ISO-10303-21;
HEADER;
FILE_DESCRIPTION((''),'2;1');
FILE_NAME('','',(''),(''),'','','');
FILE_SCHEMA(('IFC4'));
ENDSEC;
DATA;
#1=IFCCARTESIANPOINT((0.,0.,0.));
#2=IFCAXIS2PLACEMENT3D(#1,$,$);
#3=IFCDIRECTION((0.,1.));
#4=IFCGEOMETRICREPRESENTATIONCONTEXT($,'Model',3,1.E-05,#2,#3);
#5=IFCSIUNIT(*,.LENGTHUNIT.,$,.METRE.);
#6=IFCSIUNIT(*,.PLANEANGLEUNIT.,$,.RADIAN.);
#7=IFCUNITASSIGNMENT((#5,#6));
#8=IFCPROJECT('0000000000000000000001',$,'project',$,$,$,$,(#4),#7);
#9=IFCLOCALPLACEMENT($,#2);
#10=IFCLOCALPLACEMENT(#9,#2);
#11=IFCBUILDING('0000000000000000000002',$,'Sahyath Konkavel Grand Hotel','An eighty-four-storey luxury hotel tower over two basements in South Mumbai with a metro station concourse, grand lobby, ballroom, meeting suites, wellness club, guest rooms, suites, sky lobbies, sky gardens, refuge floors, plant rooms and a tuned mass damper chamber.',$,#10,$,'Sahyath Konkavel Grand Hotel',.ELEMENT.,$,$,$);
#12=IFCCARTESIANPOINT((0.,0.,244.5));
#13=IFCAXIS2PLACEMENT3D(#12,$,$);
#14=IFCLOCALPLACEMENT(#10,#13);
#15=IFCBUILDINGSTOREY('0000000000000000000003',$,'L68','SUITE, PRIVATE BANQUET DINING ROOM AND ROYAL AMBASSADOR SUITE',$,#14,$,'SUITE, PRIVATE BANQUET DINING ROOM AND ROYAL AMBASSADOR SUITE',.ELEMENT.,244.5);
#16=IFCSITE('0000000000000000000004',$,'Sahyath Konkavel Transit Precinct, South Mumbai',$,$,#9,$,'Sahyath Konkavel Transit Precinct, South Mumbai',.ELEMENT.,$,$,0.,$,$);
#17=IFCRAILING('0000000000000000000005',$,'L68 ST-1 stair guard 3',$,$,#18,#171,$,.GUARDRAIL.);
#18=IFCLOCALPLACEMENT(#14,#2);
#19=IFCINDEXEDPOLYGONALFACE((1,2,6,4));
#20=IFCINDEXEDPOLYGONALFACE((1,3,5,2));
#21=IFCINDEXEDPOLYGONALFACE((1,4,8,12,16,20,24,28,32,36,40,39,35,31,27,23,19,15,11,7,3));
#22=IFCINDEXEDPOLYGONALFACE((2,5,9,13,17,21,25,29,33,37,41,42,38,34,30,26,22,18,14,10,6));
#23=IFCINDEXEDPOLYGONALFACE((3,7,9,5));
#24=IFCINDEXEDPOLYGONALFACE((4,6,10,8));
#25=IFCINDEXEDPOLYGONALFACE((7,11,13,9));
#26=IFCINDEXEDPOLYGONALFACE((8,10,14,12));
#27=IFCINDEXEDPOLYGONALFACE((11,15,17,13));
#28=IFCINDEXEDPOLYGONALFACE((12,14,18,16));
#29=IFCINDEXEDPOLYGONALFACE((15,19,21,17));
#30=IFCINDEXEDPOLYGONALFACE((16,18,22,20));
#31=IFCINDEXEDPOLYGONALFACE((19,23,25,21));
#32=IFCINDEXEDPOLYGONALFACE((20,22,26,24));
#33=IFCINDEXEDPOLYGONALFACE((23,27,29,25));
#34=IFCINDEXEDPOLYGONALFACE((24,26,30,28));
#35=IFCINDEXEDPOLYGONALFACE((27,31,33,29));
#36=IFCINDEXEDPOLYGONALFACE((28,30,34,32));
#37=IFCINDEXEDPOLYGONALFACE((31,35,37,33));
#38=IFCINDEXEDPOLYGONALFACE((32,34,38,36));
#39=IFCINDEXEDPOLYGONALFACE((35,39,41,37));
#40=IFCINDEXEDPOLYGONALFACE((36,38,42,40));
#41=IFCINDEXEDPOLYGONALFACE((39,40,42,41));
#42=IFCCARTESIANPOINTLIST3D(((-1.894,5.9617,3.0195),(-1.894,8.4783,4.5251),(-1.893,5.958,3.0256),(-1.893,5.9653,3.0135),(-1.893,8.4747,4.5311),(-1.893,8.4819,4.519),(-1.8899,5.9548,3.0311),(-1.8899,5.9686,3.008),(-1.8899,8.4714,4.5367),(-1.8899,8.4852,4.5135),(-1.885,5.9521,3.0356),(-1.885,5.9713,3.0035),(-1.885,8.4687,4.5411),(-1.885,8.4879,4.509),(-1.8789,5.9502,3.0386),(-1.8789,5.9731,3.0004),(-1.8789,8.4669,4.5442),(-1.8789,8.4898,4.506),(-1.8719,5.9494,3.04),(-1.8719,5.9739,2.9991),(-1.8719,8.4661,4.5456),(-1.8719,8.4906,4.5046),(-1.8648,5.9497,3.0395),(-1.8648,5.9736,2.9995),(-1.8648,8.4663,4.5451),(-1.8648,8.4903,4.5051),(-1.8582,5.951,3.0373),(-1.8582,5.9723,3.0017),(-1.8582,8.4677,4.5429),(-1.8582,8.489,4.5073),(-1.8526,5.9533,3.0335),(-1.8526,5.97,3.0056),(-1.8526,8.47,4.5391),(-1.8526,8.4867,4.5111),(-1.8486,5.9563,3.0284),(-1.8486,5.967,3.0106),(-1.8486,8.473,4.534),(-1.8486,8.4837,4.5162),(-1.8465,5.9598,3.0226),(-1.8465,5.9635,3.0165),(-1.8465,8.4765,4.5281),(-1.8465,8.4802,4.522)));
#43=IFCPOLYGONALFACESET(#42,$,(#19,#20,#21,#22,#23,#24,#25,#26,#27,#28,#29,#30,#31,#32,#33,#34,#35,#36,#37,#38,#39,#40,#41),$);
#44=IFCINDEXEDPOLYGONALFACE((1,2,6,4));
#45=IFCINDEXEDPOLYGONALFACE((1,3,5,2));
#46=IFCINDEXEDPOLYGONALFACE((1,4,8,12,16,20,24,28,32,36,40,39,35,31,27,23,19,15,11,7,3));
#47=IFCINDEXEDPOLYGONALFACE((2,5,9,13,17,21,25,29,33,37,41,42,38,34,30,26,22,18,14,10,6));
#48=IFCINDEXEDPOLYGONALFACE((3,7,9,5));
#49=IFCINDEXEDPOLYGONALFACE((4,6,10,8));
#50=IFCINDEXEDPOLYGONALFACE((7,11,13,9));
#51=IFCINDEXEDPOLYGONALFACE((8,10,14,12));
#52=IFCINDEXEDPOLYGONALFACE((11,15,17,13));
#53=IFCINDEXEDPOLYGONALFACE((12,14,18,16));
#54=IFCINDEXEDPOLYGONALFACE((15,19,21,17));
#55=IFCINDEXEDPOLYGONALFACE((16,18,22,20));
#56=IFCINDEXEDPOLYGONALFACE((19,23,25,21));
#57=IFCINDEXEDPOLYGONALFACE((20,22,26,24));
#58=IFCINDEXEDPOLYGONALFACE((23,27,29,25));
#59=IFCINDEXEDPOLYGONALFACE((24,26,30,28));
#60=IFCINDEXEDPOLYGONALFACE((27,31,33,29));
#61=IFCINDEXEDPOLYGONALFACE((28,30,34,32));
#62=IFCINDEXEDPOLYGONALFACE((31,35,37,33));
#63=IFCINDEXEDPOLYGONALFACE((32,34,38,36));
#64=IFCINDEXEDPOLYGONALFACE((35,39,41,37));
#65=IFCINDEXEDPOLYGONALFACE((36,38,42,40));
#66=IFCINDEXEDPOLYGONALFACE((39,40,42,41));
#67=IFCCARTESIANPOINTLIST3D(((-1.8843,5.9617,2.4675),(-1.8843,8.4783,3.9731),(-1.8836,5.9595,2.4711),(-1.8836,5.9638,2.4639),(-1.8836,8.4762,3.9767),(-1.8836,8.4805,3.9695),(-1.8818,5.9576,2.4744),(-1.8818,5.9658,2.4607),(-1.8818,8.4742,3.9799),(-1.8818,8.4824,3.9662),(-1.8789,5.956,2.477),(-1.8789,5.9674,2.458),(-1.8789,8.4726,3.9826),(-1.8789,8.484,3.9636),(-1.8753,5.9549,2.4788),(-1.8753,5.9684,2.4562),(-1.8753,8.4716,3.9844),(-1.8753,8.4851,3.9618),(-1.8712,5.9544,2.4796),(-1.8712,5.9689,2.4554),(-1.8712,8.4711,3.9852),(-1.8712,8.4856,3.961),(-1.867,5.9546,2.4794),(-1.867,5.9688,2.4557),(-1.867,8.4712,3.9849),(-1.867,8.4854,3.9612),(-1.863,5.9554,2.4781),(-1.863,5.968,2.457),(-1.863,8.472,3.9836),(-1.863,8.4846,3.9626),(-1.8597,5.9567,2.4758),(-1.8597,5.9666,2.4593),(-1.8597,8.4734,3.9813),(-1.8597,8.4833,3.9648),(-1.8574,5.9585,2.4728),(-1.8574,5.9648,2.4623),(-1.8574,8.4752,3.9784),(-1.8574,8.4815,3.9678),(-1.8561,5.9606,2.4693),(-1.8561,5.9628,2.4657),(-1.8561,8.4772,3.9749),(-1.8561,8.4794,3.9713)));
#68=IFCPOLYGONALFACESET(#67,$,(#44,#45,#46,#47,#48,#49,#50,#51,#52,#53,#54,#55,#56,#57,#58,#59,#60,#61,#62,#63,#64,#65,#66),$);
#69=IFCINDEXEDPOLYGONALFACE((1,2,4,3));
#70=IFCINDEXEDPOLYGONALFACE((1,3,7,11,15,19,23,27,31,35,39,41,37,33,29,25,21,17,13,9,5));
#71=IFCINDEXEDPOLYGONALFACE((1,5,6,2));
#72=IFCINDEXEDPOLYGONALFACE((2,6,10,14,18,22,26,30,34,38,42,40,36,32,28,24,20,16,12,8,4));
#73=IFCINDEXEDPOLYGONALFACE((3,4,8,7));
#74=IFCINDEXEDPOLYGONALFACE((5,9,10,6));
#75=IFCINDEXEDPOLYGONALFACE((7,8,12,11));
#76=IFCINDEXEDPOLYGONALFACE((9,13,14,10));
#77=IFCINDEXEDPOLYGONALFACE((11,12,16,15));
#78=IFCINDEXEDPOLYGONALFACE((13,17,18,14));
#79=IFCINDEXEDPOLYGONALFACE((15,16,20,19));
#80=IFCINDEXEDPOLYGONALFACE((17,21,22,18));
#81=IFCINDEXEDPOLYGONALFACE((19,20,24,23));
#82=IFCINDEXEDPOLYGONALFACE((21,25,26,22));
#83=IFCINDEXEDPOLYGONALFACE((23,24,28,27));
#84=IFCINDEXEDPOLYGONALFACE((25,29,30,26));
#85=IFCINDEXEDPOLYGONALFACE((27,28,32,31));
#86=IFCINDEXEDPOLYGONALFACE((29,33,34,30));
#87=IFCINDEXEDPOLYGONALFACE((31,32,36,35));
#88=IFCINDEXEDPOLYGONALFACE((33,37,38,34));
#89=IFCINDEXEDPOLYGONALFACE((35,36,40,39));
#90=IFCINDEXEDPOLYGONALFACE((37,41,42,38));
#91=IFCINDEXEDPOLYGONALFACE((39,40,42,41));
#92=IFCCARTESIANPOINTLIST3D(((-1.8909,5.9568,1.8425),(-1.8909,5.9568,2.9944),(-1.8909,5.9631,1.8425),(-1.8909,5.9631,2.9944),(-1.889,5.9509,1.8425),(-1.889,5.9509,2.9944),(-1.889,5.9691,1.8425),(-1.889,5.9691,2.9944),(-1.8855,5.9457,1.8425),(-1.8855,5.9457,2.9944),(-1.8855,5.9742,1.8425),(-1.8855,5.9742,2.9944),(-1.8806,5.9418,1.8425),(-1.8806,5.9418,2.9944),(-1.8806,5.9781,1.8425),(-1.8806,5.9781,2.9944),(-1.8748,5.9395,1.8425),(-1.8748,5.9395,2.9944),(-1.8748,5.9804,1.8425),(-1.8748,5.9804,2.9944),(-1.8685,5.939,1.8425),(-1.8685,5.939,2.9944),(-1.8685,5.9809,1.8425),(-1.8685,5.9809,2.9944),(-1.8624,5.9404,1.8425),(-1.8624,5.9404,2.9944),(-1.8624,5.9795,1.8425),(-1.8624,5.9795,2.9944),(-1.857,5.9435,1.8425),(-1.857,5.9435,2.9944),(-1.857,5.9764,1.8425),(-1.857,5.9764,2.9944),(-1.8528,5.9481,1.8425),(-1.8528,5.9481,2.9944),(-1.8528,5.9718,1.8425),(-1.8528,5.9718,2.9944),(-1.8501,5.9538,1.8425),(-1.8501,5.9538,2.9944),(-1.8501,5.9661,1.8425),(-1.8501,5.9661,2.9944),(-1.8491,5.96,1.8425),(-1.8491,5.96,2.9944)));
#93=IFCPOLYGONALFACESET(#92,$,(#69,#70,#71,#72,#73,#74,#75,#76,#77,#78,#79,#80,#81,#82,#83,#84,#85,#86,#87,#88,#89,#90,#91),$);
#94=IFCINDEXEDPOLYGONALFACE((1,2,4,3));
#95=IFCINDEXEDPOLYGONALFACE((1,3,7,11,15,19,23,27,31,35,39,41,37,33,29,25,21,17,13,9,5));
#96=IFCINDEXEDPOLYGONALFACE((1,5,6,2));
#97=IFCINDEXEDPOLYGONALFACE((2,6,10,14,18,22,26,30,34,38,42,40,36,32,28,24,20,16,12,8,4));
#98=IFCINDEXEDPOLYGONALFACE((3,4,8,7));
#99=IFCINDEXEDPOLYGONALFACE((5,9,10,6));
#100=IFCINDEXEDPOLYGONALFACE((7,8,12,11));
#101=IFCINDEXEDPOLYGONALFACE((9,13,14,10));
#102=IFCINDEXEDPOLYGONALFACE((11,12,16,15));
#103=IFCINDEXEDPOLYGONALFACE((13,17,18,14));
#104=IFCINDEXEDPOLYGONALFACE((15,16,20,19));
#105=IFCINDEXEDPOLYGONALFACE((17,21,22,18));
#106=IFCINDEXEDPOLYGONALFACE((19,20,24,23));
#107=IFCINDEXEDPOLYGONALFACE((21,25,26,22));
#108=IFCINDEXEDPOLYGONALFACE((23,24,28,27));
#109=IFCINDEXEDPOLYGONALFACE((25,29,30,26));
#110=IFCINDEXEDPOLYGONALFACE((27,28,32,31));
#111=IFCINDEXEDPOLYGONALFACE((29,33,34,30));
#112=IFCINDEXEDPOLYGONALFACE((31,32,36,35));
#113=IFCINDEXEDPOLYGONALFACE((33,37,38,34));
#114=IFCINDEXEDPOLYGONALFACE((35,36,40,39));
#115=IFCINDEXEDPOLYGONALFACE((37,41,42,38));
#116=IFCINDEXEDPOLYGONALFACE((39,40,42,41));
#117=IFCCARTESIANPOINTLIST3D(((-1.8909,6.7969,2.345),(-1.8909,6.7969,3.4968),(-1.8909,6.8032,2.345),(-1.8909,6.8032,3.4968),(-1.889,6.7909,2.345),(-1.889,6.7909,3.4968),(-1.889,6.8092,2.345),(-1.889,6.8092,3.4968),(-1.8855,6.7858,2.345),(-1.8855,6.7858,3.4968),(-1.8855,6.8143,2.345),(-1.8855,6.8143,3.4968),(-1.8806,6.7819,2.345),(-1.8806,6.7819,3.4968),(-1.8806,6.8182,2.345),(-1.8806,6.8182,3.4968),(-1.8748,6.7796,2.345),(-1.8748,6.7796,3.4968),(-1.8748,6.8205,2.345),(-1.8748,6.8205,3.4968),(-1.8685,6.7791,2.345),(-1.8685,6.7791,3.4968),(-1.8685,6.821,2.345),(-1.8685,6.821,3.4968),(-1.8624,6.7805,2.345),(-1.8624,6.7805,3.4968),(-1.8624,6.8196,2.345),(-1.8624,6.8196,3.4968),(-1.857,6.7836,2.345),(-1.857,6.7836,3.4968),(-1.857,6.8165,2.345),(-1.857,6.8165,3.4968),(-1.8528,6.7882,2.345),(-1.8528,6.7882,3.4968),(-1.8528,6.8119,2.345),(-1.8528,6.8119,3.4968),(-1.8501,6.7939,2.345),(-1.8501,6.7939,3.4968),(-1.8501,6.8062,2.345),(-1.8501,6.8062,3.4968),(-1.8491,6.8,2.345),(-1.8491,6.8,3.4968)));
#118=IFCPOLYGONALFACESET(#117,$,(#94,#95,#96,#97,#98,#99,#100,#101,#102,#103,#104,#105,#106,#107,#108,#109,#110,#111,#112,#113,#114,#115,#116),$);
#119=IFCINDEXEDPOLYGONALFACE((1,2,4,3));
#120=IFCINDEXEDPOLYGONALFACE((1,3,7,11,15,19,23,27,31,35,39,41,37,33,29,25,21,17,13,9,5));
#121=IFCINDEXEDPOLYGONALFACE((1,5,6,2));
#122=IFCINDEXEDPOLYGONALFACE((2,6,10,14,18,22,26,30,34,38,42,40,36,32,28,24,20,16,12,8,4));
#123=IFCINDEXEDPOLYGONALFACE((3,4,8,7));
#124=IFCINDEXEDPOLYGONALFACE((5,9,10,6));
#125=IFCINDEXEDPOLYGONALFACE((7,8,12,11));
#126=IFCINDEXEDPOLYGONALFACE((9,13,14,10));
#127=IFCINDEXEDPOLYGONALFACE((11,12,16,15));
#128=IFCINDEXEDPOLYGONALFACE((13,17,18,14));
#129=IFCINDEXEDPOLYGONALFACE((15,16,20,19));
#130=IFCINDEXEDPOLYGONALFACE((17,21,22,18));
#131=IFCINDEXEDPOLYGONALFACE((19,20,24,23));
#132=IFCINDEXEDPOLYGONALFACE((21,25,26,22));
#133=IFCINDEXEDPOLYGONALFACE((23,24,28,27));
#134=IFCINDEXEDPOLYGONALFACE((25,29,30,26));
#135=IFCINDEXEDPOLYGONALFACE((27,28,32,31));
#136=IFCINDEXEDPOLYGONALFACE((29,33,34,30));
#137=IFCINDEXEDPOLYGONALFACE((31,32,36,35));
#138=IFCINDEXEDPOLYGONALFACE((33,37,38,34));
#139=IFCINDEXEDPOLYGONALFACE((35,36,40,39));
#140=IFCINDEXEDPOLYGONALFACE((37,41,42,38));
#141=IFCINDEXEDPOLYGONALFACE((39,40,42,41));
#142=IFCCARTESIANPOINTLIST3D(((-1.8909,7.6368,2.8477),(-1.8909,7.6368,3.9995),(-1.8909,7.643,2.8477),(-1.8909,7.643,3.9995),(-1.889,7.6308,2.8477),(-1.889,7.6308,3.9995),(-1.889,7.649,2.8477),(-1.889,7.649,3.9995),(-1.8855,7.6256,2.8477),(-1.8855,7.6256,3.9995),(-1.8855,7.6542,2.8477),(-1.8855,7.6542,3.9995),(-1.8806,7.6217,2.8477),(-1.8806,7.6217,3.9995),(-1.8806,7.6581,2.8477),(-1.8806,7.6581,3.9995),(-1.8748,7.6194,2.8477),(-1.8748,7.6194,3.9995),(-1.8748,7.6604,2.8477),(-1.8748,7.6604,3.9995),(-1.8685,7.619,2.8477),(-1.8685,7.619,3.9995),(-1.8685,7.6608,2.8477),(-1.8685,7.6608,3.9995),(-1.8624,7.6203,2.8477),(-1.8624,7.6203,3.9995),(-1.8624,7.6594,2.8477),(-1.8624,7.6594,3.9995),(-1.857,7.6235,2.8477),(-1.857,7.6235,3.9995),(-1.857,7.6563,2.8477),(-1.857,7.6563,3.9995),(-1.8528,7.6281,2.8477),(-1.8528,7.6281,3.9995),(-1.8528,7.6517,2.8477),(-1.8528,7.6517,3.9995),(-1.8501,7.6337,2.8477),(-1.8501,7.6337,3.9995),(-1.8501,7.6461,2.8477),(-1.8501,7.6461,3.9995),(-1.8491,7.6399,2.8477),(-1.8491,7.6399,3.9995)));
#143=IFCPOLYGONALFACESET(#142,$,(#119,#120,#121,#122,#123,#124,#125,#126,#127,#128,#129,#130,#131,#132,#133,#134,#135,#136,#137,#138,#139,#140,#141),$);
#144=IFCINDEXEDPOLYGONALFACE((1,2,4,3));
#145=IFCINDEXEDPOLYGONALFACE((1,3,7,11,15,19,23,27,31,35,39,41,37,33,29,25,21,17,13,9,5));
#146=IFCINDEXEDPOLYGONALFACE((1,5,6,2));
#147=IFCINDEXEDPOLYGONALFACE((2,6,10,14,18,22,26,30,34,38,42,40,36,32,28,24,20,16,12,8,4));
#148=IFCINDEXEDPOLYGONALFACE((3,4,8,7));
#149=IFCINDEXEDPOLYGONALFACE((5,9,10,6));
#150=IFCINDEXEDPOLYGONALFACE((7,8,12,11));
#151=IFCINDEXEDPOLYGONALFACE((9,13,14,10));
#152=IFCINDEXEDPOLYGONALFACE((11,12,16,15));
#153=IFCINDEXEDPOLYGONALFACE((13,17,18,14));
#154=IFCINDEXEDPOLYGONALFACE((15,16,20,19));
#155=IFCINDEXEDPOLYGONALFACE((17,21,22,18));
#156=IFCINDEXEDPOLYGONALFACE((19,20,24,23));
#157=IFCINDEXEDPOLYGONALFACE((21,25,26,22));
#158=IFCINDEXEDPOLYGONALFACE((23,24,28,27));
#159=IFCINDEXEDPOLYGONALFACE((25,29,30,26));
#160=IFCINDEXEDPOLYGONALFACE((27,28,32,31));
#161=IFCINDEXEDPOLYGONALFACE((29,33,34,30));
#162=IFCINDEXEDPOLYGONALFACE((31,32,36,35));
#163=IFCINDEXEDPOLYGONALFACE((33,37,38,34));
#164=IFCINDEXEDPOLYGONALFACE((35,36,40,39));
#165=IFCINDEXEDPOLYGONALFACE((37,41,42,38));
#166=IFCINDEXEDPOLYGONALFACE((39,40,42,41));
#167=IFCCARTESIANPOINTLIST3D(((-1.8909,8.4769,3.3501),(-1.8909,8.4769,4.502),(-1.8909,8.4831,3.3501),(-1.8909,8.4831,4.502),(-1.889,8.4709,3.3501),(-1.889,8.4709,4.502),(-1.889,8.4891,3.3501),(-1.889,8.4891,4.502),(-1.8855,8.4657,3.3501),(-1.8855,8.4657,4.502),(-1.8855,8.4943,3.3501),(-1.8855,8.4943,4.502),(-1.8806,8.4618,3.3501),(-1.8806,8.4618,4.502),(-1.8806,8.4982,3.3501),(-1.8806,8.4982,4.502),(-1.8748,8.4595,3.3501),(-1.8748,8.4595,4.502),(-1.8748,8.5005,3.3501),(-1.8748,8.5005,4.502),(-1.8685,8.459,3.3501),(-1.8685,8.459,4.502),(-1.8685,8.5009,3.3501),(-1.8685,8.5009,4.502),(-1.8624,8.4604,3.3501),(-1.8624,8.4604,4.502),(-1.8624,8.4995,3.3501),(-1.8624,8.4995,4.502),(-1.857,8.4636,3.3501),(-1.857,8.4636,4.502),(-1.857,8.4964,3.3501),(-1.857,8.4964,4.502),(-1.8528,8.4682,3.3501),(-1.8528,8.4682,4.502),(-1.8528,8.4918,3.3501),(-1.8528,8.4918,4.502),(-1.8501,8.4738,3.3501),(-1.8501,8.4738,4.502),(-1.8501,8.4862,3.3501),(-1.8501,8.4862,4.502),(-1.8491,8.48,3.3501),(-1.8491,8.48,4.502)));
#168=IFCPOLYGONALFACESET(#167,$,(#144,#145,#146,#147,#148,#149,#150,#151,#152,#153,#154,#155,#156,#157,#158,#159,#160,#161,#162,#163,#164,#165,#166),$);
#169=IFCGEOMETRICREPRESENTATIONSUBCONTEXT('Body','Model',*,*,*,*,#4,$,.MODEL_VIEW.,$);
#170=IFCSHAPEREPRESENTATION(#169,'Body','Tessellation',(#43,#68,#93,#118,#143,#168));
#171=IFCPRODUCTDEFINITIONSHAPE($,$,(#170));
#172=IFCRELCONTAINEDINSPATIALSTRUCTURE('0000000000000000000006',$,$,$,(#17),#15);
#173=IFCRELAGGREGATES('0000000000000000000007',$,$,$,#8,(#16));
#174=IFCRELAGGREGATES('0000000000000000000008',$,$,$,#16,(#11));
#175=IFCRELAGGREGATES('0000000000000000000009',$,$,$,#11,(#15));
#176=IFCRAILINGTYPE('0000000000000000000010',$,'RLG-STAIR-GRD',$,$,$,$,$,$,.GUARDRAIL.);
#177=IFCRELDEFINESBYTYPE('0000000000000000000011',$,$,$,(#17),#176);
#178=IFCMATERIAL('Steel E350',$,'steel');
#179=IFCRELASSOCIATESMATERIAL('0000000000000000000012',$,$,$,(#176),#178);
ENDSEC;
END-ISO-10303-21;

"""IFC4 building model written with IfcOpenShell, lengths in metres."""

from ifc_helpers import new_model, si_unit, direction, frame, origin, origin_2d, place, context, subcontext, project, spatial, circle, extrude, material, type_object, element, save


model = new_model("IFC4")

# Units and contexts
model_context = context("Model", 3, precision=1e-05, world=origin(), true_north=direction((0.0, 1.0)))
body_context = subcontext(model_context, "Body", "Model", "MODEL_VIEW")
ifc_project = project(units=[si_unit("LENGTHUNIT", "METRE"), si_unit("PLANEANGLEUNIT", "RADIAN")], contexts=[model_context])

# Site, building, storey
site_placement = place(None, origin())
site = spatial("IfcSite", under=ifc_project, at=site_placement, Name="Sahyath Konkavel Transit Precinct, South Mumbai", LongName="Sahyath Konkavel Transit Precinct, South Mumbai", CompositionType="ELEMENT", RefElevation=0.0)
building_placement = place(site_placement, origin())
building = spatial("IfcBuilding", under=site, at=building_placement, Name="Sahyath Konkavel Grand Hotel", Description="An eighty-four-storey luxury hotel tower over two basements in South Mumbai with a metro station concourse, grand lobby, ballroom, meeting suites, wellness club, guest rooms, suites, sky lobbies, sky gardens, refuge floors, plant rooms and a tuned mass damper chamber.", LongName="Sahyath Konkavel Grand Hotel", CompositionType="ELEMENT")
storey_placement = place(building_placement, frame((0.0, 0.0, 244.5)))
storey = spatial("IfcBuildingStorey", under=building, at=storey_placement, Name="L68", Description="SUITE, PRIVATE BANQUET DINING ROOM AND ROYAL AMBASSADOR SUITE", LongName="SUITE, PRIVATE BANQUET DINING ROOM AND ROYAL AMBASSADOR SUITE", CompositionType="ELEMENT", Elevation=244.5)

# Shared definitions
ifc_material_1 = material(Name="Steel E350", Category="steel")

# Railing
railing_type_1 = type_object("IfcRailingType", Name="RLG-STAIR-GRD", PredefinedType="GUARDRAIL", material=ifc_material_1)
railing_1_placement = place(storey_placement, frame((-1.8701, 5.96, 1.8425)))
element("IfcRailing", 1, at=railing_1_placement, inside=storey, type_object=railing_type_1, Name="L68 ST-1 stair guard 3", PredefinedType="GUARDRAIL", context=body_context, shape_type="SweptSolid", body=[
    extrude(circle(Radius=0.0239, at=origin_2d()), frame((0.0, 0.0017, 1.177), z_axis=(0.0, 0.85816, 0.513383), x_axis=(-1.0, 0.0, 0.0)), (0.0, 0.0, 1.0), 2.9326),
    extrude(circle(Radius=0.0142, at=origin_2d()), frame((0.0, 0.0017, 0.625), z_axis=(0.0, 0.85816, 0.513383), x_axis=(-1.0, 0.0, 0.0)), (0.0, 0.0, 1.0), 2.9326),
    extrude(circle(Radius=0.021, at=origin_2d()), origin(), (0.0, 0.0, 1.0), 1.1519),
    extrude(circle(Radius=0.021, at=origin_2d()), frame((0.0, 0.8401, 0.5024)), (0.0, 0.0, 1.0), 1.1519),
    extrude(circle(Radius=0.021, at=origin_2d()), frame((0.0, 1.6799, 1.0051)), (0.0, 0.0, 1.0), 1.1519),
    extrude(circle(Radius=0.021, at=origin_2d()), frame((0.0, 2.52, 1.5076)), (0.0, 0.0, 1.0), 1.1519),
])

save(model, "model.ifc")
